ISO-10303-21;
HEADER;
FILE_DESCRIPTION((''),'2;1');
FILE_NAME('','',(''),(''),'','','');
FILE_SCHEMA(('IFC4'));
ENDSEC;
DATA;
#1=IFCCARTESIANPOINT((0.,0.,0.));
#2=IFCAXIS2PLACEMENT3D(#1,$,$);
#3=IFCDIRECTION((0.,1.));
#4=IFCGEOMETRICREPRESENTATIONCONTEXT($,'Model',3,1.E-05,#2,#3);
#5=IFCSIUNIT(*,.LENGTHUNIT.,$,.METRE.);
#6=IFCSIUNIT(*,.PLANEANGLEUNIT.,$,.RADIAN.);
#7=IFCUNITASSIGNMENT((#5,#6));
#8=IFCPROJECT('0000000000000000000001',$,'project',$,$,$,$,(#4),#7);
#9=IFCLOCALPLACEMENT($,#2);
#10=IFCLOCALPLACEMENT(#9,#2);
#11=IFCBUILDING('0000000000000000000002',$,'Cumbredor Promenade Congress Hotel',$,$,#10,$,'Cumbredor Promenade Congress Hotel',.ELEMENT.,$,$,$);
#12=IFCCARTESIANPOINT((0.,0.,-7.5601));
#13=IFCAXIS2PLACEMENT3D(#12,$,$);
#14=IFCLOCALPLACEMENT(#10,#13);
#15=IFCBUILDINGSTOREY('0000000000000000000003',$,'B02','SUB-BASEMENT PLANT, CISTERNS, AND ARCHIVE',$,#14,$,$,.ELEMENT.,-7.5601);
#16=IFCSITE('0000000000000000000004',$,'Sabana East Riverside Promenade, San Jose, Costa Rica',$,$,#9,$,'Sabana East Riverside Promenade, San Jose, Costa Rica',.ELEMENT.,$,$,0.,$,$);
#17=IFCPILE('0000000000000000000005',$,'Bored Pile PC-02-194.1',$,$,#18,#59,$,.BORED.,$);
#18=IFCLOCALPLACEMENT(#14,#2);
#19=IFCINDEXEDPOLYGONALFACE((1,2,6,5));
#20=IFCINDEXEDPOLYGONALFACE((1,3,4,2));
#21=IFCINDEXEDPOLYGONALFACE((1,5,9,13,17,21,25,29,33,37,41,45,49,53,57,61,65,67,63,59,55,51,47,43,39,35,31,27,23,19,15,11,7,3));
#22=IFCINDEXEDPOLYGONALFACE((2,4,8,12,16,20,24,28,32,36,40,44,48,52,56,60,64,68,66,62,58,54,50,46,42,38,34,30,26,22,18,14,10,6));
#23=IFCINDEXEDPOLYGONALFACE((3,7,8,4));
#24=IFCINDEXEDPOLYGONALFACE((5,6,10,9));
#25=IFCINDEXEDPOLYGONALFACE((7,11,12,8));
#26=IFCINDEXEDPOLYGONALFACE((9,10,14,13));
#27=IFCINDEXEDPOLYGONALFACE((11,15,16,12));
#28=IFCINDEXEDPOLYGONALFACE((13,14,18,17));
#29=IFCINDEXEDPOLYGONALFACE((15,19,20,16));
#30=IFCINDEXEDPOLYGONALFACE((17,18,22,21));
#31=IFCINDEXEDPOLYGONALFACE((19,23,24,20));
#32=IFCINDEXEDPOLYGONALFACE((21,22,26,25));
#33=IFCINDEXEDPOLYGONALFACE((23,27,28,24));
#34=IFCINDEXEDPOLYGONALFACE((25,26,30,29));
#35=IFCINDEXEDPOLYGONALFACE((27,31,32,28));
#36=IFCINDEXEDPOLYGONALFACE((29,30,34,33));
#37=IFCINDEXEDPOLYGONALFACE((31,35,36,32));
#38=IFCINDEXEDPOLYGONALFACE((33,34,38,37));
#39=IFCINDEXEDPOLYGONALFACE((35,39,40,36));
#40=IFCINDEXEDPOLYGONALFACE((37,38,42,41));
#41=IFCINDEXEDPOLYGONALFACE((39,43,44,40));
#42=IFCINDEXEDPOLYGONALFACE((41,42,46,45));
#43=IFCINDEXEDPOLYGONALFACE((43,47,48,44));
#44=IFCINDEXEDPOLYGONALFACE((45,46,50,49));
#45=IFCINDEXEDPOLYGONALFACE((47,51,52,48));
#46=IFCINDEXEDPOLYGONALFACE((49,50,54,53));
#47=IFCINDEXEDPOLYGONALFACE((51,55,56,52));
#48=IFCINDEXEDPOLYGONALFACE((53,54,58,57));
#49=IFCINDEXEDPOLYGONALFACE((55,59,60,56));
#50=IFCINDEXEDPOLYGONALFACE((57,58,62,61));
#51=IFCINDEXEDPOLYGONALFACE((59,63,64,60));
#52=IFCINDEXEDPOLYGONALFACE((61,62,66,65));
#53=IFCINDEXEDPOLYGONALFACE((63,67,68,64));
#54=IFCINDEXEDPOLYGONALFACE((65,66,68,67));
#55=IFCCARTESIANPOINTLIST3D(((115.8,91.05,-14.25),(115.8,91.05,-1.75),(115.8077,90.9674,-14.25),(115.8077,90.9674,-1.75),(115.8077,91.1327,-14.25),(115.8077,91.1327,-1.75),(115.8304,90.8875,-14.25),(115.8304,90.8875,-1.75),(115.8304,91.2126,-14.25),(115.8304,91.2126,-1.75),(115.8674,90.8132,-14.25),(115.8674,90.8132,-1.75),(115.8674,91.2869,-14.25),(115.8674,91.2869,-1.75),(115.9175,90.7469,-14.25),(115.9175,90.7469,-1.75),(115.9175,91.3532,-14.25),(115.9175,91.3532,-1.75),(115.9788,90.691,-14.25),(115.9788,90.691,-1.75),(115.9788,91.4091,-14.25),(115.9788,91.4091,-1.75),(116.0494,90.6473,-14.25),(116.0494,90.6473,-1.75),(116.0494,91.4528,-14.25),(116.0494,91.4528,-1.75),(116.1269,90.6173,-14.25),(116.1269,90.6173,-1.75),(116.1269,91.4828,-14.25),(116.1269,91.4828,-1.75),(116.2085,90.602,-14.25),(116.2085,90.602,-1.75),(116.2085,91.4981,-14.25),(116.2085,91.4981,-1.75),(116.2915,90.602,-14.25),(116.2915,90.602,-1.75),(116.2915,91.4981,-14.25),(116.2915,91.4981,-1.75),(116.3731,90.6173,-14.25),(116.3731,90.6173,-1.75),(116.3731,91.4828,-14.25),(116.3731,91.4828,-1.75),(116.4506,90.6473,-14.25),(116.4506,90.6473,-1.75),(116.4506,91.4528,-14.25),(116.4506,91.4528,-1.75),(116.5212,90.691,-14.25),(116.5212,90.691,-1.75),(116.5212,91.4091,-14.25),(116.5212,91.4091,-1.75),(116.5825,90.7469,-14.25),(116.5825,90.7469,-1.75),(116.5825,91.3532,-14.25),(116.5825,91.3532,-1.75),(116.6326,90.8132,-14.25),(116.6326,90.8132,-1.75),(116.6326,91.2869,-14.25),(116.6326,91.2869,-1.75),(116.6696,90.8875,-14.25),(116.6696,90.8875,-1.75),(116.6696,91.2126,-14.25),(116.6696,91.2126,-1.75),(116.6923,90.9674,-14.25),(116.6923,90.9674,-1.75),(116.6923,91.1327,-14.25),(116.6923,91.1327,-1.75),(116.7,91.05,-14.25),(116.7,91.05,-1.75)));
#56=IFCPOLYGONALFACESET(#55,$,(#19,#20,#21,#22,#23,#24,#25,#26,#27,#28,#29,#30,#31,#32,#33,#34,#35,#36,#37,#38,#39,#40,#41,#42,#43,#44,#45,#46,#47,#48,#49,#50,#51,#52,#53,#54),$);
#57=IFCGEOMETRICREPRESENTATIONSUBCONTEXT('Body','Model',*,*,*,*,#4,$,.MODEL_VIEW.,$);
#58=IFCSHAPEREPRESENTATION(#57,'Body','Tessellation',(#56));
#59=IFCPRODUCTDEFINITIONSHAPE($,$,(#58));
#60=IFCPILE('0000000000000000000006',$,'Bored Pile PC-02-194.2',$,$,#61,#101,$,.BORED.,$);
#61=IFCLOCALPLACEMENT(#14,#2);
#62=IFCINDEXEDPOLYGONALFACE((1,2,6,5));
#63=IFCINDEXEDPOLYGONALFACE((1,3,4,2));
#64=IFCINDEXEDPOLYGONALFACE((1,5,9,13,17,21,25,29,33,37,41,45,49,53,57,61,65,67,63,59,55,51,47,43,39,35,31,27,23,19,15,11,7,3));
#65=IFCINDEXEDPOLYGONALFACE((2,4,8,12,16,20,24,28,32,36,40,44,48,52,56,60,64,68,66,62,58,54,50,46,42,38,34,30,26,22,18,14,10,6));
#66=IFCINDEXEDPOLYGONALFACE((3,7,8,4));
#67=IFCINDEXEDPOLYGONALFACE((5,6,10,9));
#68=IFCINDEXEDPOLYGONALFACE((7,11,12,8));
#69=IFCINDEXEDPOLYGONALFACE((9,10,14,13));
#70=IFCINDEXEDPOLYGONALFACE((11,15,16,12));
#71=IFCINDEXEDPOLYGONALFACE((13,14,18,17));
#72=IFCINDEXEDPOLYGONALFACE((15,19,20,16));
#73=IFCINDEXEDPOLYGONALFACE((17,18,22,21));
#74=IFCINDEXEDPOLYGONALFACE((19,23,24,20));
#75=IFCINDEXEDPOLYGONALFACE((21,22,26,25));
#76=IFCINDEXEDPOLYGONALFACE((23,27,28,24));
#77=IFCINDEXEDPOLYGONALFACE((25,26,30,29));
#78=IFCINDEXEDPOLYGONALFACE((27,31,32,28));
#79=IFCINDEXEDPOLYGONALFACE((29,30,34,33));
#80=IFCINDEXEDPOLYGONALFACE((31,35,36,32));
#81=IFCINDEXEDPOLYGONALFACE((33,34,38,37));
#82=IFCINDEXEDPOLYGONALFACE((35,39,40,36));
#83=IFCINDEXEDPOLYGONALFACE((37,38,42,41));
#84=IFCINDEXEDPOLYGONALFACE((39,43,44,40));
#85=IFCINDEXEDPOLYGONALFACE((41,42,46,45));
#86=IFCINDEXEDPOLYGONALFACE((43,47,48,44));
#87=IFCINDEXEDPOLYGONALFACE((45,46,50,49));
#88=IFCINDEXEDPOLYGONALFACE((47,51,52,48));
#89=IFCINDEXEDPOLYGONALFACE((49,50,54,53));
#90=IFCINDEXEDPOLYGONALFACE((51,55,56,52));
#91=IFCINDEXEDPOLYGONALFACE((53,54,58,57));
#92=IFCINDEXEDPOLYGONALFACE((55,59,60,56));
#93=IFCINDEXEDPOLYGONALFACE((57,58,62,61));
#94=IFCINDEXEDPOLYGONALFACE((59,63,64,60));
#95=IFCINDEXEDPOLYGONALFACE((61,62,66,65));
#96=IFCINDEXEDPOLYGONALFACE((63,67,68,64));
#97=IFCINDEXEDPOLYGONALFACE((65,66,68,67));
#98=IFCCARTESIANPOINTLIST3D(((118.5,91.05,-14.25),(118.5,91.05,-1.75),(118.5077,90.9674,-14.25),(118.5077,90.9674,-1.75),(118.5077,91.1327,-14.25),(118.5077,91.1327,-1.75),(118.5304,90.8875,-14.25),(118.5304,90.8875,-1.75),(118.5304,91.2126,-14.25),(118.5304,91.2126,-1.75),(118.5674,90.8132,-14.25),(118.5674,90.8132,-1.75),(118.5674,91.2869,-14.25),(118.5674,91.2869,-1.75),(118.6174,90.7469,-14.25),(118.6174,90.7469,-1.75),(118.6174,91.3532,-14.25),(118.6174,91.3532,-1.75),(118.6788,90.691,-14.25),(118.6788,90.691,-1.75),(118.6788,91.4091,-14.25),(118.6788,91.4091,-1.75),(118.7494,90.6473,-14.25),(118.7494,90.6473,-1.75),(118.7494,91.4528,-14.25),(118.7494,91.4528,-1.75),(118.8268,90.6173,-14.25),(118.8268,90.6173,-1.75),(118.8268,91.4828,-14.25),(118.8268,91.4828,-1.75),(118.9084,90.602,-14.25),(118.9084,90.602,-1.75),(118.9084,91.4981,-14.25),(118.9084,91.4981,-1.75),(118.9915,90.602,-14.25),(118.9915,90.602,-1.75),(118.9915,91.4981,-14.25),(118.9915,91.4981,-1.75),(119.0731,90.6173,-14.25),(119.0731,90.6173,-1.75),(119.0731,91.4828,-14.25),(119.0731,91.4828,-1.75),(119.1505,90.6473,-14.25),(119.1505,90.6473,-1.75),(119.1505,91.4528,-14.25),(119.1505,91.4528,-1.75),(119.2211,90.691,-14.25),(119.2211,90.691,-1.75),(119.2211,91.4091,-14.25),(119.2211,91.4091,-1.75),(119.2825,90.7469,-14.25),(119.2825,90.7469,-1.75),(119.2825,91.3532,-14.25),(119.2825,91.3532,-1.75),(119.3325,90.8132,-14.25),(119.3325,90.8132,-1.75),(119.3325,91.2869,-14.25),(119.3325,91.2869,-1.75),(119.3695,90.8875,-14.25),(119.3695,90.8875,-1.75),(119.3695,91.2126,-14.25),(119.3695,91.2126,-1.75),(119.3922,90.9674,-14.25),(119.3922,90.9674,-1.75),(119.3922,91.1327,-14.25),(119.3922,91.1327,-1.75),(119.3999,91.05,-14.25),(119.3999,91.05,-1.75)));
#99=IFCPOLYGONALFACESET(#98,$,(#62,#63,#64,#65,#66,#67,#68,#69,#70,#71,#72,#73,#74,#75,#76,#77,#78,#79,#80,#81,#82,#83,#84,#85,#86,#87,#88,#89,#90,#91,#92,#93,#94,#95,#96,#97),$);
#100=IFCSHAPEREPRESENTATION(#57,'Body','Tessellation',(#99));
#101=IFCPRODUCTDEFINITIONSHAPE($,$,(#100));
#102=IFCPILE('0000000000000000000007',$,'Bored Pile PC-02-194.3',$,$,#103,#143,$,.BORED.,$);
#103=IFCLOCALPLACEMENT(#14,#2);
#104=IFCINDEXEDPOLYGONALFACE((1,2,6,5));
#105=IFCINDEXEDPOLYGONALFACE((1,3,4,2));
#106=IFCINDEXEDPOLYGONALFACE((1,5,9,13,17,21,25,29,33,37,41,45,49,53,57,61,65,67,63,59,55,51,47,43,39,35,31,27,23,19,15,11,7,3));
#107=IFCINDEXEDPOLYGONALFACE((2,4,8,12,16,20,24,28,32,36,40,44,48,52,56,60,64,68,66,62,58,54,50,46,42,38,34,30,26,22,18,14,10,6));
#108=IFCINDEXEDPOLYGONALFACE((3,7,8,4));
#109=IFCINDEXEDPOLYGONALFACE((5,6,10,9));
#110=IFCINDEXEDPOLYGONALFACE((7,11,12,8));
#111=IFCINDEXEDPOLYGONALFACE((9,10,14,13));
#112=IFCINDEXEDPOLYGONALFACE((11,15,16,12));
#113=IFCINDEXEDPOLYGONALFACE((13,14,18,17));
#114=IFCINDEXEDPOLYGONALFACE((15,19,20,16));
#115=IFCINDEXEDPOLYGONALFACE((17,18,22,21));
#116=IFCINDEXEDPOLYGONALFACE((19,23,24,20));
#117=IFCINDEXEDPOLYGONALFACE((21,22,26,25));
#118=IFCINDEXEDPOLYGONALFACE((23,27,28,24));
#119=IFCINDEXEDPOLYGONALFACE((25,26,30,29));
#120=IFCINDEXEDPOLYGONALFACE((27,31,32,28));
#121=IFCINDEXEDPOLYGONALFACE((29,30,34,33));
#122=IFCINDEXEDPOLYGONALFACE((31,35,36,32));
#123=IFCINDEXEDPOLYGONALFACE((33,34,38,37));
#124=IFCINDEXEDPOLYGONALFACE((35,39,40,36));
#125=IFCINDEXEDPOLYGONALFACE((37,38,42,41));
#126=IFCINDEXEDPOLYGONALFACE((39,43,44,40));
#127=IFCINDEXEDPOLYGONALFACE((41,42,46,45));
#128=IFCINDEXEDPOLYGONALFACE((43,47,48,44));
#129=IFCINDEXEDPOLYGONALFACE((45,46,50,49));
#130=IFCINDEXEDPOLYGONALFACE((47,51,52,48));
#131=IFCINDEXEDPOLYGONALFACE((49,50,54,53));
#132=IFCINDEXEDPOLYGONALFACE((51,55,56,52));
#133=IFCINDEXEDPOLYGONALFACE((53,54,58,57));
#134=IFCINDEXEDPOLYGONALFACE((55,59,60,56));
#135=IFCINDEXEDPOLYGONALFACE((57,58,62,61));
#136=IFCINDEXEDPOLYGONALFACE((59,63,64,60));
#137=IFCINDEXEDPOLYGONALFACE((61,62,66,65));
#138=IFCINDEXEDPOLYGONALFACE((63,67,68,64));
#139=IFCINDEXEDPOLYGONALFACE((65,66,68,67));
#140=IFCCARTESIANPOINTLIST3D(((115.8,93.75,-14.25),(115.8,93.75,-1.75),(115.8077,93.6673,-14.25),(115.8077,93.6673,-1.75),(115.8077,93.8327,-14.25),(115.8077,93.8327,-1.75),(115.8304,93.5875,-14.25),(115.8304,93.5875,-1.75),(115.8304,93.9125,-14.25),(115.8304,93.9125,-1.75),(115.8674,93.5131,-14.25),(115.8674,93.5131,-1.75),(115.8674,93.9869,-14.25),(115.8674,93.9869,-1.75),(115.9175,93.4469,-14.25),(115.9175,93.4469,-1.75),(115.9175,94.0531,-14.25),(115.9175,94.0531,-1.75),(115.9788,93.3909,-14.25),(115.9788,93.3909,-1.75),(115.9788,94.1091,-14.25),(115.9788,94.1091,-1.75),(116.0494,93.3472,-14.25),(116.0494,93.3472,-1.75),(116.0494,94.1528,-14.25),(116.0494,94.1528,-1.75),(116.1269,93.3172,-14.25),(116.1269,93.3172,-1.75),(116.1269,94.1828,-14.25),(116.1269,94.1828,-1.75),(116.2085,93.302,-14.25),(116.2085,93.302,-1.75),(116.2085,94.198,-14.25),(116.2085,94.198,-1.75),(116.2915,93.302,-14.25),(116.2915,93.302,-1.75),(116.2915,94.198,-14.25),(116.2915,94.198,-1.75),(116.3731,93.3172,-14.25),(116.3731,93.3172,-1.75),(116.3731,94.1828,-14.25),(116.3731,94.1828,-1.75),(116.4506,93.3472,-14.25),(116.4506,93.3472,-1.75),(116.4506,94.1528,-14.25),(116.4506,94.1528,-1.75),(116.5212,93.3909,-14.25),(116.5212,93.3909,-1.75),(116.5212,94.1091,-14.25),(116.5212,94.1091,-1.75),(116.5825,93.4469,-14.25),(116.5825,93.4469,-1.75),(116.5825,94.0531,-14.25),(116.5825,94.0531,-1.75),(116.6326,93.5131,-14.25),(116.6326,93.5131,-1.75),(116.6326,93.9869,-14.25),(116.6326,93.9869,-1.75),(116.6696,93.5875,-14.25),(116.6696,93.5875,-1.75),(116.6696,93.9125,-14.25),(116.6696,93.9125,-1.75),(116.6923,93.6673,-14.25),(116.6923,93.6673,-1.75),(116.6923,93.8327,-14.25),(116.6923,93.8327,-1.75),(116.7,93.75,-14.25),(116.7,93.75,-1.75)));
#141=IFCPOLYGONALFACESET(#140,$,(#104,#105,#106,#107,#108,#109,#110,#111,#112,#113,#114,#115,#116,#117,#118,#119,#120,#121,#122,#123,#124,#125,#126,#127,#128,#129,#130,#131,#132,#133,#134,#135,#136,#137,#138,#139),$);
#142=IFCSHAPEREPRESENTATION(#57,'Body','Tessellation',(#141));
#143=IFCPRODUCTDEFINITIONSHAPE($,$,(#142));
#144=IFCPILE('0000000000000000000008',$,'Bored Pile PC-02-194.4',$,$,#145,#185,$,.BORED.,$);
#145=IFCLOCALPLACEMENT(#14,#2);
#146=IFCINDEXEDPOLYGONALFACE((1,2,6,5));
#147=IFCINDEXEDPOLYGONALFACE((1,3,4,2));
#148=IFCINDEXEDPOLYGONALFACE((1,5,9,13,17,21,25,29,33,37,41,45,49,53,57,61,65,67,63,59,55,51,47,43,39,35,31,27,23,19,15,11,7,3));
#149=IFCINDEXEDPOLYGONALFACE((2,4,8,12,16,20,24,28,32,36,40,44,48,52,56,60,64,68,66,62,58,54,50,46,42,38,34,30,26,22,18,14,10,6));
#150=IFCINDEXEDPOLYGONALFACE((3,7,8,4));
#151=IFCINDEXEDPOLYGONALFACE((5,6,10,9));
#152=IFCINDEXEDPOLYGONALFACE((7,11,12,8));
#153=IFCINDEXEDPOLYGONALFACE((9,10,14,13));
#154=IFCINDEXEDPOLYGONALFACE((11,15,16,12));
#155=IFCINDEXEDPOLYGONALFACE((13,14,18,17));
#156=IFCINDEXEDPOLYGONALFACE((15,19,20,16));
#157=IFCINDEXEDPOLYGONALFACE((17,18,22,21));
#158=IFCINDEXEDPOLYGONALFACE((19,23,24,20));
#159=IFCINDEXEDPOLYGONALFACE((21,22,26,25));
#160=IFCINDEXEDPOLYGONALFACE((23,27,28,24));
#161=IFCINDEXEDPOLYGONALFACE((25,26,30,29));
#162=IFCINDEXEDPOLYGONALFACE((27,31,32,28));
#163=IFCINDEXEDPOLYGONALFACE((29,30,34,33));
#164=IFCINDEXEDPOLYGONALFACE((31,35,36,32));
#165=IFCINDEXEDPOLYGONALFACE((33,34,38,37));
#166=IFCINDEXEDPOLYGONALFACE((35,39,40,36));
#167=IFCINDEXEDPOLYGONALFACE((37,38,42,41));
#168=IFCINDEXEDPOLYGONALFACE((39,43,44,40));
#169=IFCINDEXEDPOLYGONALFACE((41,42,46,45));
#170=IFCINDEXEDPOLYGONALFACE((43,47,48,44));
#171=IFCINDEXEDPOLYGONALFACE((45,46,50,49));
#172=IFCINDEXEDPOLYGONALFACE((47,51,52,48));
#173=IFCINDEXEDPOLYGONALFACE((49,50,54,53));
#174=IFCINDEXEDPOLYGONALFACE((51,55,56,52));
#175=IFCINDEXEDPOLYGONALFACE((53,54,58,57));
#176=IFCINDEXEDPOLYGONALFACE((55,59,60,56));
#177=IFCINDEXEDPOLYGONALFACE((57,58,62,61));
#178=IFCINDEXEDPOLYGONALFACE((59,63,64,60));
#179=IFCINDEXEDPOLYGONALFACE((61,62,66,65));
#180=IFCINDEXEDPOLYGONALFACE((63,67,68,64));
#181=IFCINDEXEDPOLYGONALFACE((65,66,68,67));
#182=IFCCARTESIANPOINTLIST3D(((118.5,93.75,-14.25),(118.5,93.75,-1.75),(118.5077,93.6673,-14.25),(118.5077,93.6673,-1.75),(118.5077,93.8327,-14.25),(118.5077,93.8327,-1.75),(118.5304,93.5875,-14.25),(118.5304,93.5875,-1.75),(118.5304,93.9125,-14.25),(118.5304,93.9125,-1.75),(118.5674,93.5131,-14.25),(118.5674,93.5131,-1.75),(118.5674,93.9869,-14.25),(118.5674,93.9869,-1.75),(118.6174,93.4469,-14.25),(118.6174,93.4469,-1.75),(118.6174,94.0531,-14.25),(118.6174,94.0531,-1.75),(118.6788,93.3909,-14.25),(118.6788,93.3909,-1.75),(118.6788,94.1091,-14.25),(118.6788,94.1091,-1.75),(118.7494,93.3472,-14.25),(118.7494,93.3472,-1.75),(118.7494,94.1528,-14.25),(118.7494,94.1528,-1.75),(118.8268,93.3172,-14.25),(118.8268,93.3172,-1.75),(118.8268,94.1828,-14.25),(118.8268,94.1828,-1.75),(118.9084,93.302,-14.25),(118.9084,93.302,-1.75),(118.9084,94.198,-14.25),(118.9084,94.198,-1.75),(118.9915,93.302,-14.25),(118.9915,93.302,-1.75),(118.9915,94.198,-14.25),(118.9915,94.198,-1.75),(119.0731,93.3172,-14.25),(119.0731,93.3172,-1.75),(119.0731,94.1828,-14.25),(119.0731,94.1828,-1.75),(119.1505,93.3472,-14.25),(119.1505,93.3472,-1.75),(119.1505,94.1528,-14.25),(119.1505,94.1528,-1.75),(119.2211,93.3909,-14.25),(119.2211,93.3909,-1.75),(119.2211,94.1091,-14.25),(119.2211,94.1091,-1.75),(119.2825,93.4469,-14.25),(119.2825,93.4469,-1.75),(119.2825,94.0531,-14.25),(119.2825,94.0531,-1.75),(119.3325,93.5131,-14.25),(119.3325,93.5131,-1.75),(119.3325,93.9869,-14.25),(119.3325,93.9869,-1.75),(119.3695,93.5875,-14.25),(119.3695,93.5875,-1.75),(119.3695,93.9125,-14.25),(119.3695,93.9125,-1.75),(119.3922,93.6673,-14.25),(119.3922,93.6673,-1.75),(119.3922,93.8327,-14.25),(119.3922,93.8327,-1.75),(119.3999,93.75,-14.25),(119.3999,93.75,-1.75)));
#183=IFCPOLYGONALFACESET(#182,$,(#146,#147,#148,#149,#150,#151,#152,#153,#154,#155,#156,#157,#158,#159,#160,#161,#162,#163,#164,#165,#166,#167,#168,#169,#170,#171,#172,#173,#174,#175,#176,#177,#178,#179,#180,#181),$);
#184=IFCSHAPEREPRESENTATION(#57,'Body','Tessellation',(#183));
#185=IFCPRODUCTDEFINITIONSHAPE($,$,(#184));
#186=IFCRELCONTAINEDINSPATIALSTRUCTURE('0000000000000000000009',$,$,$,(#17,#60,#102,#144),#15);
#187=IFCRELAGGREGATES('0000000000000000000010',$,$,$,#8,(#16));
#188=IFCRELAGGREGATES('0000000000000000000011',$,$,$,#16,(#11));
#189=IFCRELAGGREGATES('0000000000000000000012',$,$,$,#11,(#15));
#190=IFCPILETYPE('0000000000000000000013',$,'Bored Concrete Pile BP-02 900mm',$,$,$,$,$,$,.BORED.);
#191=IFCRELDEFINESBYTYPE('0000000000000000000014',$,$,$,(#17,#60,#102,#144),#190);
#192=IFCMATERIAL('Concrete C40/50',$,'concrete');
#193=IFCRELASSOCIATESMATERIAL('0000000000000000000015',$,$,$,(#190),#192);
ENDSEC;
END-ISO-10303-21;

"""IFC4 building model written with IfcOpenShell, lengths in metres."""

from ifc_helpers import new_model, si_unit, direction, frame, origin, origin_2d, place, context, subcontext, project, spatial, circle, extrude, material, material_profile, profile_set, type_object, element, save


model = new_model("IFC4")

# Units and contexts
model_context = context("Model", 3, precision=1e-05, world=origin(), true_north=direction((0.0, 1.0)))
body_context = subcontext(model_context, "Body", "Model", "MODEL_VIEW")
ifc_project = project(units=[si_unit("LENGTHUNIT", "METRE"), si_unit("PLANEANGLEUNIT", "RADIAN")], contexts=[model_context])

# Site, building, storey
site_placement = place(None, origin())
site = spatial("IfcSite", under=ifc_project, at=site_placement, Name="Sabana East Riverside Promenade, San Jose, Costa Rica", LongName="Sabana East Riverside Promenade, San Jose, Costa Rica", CompositionType="ELEMENT", RefElevation=0.0)
building_placement = place(site_placement, origin())
building = spatial("IfcBuilding", under=site, at=building_placement, Name="Cumbredor Promenade Congress Hotel", LongName="Cumbredor Promenade Congress Hotel", CompositionType="ELEMENT")
storey_placement = place(building_placement, frame((0.0, 0.0, -7.5601)))
storey = spatial("IfcBuildingStorey", under=building, at=storey_placement, Name="B02", Description="SUB-BASEMENT PLANT, CISTERNS, AND ARCHIVE", CompositionType="ELEMENT", Elevation=-7.5601)

# Piles
ifc_material_1 = material(Name="Concrete C40/50", Category="concrete")
ifc_material_profile_1 = material_profile(ifc_material_1, circle(Radius=0.45, at=origin_2d()), Name="PILE D900")
ifc_profile_set_1 = profile_set([ifc_material_profile_1], Name="Concrete C40/50")
pile_type = type_object("IfcPileType", Name="Bored Concrete Pile BP-02 900mm", PredefinedType="BORED", material=ifc_profile_set_1)
for number, where, z_axis, x_axis, name in (
    (1, (116.25, 91.05, -1.75), (0.0, 0.0, -1.0), (1.0, 0.0, 0.0), "Bored Pile PC-02-194.1"),
    (2, (118.95, 91.05, -1.75), (0.0, 0.0, -1.0), (1.0, 0.0, 0.0), "Bored Pile PC-02-194.2"),
    (3, (116.25, 93.75, -1.75), (0.0, 0.0, -1.0), (1.0, 0.0, 0.0), "Bored Pile PC-02-194.3"),
    (4, (118.95, 93.75, -1.75), (0.0, 0.0, -1.0), (1.0, 0.0, 0.0), "Bored Pile PC-02-194.4"),
):
    element("IfcPile", number, at=place(storey_placement, frame(where, z_axis=z_axis, x_axis=x_axis)), inside=storey, type_object=pile_type, Name=name, PredefinedType="BORED", context=body_context, shape_type="SweptSolid", body=[
        extrude(circle(Radius=0.45, at=origin_2d()), origin(), (0.0, 0.0, 1.0), 12.5),
    ])

save(model, "model.ifc")
